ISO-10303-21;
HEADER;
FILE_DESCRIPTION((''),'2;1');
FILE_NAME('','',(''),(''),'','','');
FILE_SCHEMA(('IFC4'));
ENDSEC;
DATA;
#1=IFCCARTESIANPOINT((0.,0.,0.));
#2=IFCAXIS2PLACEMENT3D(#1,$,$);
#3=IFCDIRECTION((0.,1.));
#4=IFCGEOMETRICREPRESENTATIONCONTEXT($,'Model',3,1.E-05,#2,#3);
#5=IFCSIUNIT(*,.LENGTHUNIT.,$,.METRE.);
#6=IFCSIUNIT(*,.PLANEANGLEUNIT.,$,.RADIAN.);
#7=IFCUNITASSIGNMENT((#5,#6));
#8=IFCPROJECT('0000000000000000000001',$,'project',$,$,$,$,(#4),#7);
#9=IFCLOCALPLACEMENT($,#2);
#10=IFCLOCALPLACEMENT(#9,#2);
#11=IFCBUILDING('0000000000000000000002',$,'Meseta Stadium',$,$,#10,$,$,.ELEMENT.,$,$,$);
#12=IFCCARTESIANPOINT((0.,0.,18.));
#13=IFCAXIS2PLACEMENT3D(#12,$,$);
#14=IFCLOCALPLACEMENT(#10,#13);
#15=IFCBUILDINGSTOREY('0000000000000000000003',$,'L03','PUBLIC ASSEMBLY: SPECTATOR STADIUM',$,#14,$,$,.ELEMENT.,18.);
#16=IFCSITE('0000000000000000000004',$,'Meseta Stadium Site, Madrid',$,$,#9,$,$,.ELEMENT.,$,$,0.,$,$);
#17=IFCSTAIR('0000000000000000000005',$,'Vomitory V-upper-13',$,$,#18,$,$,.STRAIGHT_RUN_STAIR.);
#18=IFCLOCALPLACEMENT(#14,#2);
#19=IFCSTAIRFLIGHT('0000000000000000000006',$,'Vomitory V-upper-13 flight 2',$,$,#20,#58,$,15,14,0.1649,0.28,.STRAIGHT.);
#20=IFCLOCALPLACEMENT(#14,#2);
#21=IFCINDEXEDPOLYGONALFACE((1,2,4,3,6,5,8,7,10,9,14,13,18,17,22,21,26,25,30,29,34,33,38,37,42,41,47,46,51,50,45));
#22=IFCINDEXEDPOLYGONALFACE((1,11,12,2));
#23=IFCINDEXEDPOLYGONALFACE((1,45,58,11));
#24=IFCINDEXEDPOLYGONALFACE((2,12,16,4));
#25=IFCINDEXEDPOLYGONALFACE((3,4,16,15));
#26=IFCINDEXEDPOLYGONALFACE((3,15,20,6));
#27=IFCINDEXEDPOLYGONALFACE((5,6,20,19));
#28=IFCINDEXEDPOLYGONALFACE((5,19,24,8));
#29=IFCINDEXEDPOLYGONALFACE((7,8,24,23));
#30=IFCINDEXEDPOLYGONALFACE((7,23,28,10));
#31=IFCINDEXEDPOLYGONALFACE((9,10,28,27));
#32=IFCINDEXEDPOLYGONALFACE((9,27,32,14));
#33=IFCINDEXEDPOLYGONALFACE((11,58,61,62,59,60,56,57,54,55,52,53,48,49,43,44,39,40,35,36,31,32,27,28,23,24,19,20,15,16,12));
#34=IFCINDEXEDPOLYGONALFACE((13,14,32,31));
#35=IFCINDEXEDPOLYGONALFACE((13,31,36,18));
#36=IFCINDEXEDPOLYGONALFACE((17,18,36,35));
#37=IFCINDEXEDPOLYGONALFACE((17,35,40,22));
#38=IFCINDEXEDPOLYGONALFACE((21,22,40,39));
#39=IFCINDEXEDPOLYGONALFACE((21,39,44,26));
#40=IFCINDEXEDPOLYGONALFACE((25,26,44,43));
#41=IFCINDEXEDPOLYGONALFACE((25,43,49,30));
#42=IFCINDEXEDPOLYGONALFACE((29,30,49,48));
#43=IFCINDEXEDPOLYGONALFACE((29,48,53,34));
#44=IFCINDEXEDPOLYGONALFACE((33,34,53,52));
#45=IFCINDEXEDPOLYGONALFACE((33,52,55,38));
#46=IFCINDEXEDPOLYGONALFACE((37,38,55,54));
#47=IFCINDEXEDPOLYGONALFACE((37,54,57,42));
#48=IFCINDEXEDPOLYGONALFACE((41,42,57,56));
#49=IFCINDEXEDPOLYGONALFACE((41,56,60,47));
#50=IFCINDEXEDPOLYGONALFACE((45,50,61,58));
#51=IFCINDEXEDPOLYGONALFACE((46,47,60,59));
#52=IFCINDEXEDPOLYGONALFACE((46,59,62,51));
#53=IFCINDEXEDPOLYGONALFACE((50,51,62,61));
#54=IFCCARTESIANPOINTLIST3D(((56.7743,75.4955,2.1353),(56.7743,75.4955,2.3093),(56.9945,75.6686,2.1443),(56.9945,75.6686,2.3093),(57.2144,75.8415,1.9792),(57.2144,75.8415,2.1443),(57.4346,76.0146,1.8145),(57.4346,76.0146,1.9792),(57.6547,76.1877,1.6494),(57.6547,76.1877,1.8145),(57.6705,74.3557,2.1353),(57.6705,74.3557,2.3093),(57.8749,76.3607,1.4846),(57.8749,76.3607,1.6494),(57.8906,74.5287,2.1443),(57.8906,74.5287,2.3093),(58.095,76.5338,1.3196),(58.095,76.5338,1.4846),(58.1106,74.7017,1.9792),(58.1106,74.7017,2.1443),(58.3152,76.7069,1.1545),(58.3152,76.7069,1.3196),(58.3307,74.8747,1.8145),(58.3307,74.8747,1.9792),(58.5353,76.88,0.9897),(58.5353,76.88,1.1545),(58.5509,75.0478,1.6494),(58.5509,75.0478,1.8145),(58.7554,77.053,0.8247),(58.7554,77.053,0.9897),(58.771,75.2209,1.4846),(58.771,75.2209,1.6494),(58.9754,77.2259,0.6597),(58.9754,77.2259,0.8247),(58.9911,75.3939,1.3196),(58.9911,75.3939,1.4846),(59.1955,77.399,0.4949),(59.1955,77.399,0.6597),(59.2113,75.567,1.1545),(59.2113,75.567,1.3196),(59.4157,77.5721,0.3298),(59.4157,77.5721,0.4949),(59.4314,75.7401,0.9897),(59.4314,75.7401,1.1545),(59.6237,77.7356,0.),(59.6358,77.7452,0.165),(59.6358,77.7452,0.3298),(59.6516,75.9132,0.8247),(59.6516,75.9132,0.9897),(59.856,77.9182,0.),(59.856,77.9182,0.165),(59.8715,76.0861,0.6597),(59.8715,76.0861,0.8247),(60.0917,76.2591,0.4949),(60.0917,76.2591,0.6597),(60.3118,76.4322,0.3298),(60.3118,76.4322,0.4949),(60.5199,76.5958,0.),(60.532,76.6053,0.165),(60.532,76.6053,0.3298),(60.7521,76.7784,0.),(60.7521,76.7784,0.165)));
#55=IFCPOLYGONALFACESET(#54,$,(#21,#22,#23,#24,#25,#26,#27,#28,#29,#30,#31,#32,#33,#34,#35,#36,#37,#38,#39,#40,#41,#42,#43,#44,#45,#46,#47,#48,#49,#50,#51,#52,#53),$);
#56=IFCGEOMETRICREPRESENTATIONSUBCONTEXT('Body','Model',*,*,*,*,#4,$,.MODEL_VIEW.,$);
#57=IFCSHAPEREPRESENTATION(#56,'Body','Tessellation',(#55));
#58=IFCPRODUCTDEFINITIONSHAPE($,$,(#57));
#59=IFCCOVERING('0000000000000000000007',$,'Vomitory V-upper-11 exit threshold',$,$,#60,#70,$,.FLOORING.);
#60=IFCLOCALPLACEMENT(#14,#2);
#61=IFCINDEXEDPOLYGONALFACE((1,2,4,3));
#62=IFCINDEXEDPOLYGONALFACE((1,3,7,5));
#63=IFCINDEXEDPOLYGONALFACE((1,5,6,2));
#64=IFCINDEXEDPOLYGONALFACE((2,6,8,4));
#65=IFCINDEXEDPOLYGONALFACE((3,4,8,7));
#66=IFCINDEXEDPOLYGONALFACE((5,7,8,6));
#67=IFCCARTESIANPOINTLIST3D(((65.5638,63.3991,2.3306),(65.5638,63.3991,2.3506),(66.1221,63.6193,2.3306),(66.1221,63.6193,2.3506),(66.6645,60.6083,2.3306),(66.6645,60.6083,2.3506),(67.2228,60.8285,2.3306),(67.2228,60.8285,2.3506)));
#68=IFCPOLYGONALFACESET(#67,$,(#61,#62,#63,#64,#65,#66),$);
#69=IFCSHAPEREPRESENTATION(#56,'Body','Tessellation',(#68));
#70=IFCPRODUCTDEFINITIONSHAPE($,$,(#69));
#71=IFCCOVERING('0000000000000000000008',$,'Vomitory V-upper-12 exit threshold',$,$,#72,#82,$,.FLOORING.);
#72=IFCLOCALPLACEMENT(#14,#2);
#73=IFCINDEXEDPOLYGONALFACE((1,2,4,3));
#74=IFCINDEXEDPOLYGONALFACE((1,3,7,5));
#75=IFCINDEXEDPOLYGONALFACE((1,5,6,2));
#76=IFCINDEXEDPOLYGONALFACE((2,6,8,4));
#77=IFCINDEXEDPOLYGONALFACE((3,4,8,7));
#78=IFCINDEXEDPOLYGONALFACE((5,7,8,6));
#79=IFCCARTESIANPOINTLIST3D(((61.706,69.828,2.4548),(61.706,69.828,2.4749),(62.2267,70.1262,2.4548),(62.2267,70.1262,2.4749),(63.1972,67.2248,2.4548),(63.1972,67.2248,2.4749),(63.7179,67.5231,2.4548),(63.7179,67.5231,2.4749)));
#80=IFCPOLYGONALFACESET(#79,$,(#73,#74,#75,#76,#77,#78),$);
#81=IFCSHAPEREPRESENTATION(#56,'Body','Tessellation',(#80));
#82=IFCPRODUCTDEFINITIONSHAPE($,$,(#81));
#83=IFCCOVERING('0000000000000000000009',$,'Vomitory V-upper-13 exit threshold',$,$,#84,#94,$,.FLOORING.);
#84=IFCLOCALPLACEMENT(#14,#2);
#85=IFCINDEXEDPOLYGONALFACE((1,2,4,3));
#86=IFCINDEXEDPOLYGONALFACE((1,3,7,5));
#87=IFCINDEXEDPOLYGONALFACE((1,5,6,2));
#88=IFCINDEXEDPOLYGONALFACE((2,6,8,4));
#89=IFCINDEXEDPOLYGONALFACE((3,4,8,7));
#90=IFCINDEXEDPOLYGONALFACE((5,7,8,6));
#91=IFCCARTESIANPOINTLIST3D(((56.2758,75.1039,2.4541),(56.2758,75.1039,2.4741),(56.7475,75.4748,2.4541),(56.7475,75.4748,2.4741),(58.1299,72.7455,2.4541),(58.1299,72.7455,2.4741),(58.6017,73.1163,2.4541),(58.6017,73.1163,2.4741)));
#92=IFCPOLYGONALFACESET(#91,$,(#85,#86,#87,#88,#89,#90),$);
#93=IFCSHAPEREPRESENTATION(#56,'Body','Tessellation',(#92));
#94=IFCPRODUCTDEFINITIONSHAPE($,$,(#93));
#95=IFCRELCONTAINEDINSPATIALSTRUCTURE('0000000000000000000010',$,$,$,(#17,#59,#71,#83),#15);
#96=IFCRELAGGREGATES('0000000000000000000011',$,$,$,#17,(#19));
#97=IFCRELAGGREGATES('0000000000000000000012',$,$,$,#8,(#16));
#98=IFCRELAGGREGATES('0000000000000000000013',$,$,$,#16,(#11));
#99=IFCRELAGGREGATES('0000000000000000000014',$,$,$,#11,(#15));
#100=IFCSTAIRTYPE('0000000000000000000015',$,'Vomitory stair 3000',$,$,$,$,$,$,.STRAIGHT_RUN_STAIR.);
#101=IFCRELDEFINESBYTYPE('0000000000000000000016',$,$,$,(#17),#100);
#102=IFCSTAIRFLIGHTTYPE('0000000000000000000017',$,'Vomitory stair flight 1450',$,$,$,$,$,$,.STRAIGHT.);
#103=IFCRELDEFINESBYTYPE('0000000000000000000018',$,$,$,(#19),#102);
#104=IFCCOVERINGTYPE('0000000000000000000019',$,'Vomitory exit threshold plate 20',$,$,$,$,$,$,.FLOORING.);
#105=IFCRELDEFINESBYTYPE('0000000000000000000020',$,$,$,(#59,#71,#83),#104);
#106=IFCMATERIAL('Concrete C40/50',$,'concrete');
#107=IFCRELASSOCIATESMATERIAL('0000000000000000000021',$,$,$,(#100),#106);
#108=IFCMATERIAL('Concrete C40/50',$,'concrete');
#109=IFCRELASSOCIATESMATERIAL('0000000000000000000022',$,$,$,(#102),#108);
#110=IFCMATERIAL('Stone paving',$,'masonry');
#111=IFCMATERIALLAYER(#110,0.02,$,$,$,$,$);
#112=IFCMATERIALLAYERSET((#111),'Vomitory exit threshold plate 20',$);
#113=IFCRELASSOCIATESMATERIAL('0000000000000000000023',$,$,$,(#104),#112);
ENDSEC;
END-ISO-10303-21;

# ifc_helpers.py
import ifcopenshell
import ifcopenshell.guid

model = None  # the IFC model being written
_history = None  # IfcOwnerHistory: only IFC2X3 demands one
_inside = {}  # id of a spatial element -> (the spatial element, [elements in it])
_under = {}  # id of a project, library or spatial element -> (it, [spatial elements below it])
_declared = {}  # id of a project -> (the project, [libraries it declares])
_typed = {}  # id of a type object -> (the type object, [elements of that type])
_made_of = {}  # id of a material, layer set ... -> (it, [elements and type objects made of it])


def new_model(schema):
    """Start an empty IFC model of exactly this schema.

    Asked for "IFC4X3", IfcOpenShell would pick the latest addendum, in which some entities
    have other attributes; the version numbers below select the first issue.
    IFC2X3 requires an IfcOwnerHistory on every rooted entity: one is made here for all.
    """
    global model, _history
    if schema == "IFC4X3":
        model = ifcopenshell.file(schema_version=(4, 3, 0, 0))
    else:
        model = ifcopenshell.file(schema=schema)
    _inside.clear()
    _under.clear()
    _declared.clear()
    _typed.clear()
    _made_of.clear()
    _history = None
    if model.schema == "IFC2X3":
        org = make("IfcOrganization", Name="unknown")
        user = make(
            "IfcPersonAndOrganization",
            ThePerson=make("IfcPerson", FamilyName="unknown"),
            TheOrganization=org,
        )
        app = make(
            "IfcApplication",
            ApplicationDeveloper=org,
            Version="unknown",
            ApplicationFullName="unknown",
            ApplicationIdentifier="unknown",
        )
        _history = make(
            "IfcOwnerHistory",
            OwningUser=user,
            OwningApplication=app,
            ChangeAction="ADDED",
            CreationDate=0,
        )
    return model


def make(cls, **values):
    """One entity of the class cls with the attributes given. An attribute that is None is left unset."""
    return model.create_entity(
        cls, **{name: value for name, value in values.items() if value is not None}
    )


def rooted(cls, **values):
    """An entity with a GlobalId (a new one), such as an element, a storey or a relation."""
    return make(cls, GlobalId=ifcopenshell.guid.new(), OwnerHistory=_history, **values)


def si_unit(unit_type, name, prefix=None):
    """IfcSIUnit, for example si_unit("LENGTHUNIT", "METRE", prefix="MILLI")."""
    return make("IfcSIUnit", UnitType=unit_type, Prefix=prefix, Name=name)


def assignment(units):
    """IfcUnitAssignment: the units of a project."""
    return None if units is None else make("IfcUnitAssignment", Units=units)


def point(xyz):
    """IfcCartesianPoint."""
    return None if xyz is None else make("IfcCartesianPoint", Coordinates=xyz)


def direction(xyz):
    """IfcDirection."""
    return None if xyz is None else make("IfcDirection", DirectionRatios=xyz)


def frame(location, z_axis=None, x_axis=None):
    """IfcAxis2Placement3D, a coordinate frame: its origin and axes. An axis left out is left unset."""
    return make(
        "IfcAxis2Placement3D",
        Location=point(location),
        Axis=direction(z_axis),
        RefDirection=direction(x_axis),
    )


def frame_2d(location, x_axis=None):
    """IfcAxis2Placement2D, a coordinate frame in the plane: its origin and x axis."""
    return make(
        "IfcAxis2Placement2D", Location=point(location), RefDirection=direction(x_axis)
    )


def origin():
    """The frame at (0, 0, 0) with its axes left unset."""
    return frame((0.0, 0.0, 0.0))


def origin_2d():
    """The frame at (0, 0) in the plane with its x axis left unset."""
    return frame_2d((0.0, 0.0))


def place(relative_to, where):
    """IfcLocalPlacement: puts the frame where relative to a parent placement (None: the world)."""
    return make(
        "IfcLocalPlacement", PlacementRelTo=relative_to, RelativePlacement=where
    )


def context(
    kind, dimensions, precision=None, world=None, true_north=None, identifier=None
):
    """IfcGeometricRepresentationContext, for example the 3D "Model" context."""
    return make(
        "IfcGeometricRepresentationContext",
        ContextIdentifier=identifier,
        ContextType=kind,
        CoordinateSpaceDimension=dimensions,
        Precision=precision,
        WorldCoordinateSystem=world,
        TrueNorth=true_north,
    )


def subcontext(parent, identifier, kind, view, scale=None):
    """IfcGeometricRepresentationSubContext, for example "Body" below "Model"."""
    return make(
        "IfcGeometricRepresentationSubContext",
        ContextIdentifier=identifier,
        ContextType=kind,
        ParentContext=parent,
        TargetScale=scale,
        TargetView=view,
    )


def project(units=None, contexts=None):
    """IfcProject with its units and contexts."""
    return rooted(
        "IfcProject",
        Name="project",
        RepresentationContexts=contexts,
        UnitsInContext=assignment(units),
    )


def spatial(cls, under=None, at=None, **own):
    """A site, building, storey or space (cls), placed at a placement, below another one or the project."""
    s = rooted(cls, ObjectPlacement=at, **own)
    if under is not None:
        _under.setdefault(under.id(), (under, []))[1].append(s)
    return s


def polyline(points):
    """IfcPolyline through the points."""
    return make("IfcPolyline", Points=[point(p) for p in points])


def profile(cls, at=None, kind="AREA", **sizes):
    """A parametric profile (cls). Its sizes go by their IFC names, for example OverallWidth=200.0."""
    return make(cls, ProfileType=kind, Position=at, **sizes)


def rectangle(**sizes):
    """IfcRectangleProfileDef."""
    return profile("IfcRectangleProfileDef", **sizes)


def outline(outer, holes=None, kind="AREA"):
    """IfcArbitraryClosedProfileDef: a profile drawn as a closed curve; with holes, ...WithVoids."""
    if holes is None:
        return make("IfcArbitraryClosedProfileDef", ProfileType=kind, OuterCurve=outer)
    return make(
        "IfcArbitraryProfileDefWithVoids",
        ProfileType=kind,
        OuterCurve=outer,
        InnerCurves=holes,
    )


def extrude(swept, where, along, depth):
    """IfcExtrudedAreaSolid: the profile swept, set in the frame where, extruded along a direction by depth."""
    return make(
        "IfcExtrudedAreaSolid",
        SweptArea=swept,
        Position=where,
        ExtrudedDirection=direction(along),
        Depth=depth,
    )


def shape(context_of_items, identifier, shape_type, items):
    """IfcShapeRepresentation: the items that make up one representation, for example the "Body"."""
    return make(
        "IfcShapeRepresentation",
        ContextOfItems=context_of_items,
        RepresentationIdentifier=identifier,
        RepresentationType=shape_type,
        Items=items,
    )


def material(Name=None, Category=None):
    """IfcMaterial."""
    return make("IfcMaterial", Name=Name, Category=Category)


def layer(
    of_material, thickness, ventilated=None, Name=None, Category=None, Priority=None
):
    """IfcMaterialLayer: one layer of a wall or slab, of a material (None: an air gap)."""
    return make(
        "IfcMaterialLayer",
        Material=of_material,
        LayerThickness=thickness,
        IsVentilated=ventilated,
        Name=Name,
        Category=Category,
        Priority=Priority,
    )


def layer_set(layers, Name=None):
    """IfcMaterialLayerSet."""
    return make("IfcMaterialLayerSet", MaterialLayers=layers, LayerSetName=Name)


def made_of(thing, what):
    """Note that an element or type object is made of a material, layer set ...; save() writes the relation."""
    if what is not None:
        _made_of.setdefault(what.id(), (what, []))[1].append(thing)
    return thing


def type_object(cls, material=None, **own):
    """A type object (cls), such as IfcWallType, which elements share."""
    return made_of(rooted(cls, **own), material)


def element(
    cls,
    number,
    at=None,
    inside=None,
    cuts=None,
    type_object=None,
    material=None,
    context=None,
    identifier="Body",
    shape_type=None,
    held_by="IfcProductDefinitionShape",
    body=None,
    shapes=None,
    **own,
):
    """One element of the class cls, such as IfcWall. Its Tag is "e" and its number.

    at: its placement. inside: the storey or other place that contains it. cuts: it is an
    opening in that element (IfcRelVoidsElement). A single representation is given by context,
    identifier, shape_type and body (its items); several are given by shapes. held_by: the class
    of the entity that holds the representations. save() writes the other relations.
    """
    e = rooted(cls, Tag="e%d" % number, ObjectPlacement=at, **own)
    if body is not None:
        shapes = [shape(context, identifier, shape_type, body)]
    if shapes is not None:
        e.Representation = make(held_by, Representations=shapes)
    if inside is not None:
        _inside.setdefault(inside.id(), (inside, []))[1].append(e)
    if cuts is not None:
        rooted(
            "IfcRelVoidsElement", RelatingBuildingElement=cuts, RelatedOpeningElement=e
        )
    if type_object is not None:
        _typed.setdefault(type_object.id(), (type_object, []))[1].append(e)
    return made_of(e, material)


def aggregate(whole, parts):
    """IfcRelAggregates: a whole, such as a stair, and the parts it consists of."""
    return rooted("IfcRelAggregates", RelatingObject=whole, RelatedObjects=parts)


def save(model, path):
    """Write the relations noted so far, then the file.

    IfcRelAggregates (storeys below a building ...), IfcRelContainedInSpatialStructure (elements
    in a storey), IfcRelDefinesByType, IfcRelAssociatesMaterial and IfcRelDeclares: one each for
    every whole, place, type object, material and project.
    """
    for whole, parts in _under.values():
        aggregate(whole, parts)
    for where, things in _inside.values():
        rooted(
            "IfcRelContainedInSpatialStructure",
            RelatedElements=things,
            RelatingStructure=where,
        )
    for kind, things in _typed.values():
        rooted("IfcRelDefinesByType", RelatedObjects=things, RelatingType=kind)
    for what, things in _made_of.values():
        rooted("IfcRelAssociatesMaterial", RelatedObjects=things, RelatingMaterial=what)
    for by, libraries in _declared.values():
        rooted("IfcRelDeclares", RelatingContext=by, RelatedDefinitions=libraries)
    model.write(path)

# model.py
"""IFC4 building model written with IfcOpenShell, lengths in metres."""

from ifc_helpers import new_model, si_unit, direction, frame, origin, origin_2d, place, context, subcontext, project, spatial, polyline, rectangle, outline, extrude, material, layer, layer_set, type_object, element, aggregate, save


model = new_model("IFC4")

# Units and contexts
model_context = context("Model", 3, precision=1e-05, world=origin(), true_north=direction((0.0, 1.0)))
body_context = subcontext(model_context, "Body", "Model", "MODEL_VIEW")
ifc_project = project(units=[si_unit("LENGTHUNIT", "METRE"), si_unit("PLANEANGLEUNIT", "RADIAN")], contexts=[model_context])

# Site, building, storey
site_placement = place(None, origin())
site = spatial("IfcSite", under=ifc_project, at=site_placement, Name="Meseta Stadium Site, Madrid", CompositionType="ELEMENT", RefElevation=0.0)
building_placement = place(site_placement, origin())
building = spatial("IfcBuilding", under=site, at=building_placement, Name="Meseta Stadium", CompositionType="ELEMENT")
storey_placement = place(building_placement, frame((0.0, 0.0, 18.0)))
storey = spatial("IfcBuildingStorey", under=building, at=storey_placement, Name="L03", Description="PUBLIC ASSEMBLY: SPECTATOR STADIUM", CompositionType="ELEMENT", Elevation=18.0)

# Shared definitions
ifc_material_1 = material(Name="Concrete C40/50", Category="concrete")
stair_type = type_object("IfcStairType", Name="Vomitory stair 3000", PredefinedType="STRAIGHT_RUN_STAIR", material=ifc_material_1)
ifc_material_2 = material(Name="Concrete C40/50", Category="concrete")
stair_flight_type = type_object("IfcStairFlightType", Name="Vomitory stair flight 1450", PredefinedType="STRAIGHT", material=ifc_material_2)

# Stair, stair flight
stair_1_placement = place(storey_placement, origin())
stair_1 = element("IfcStair", 1, at=stair_1_placement, inside=storey, type_object=stair_type, Name="Vomitory V-upper-13", PredefinedType="STRAIGHT_RUN_STAIR")
stair_flight_1_placement = place(storey_placement, frame((60.304, 77.3484, 0.0), z_axis=(0.0, 0.0, 1.0), x_axis=(-0.786142, -0.618046, 0.0)))
stair_flight_1 = element("IfcStairFlight", 2, at=stair_flight_1_placement, type_object=stair_flight_type, Name="Vomitory V-upper-13 flight 2", NumberOfRisers=15, NumberOfTreads=14, PredefinedType="STRAIGHT", RiserHeight=0.1649, TreadLength=0.28, context=body_context, shape_type="SweptSolid", body=[
    extrude(outline(polyline([(0.0, 0.0), (0.0, 0.165), (0.28, 0.165), (0.28, 0.3298), (0.5601, 0.3298), (0.5601, 0.4949), (0.8401, 0.4949), (0.8401, 0.6597), (1.1201, 0.6597), (1.1201, 0.8247), (1.3999, 0.8247), (1.3999, 0.9897), (1.6799, 0.9897), (1.6799, 1.1545), (1.96, 1.1545), (1.96, 1.3196), (2.24, 1.3196), (2.24, 1.4846), (2.52, 1.4846), (2.52, 1.6494), (2.8, 1.6494), (2.8, 1.8145), (3.0801, 1.8145), (3.0801, 1.9792), (3.3601, 1.9792), (3.3601, 2.1443), (3.6399, 2.1443), (3.6399, 2.3093), (3.9199, 2.3093), (3.9199, 2.1353), (0.2954, 0.0), (0.0, 0.0)])), frame((0.0, 0.7251, 0.0), z_axis=(0.0, -1.0, 0.0), x_axis=(1.0, 0.0, 0.0)), (0.0, 0.0, 1.0), 1.45),
])
aggregate(stair_1, [stair_flight_1])

# Coverings
ifc_material_3 = material(Name="Stone paving", Category="masonry")
ifc_layer_1 = layer(ifc_material_3, 0.02)
ifc_layer_set_1 = layer_set([ifc_layer_1], Name="Vomitory exit threshold plate 20")
covering_type = type_object("IfcCoveringType", Name="Vomitory exit threshold plate 20", PredefinedType="FLOORING", material=ifc_layer_set_1)
for number, where, z_axis, x_axis, name in (
    (3, (66.3933, 62.1138, 2.3306), (0.0, 0.0, 1.0), (-0.930263, -0.366893, 0.0), "Vomitory V-upper-11 exit threshold"),
    (4, (62.7119, 68.6755, 2.4548), (0.0, 0.0, 1.0), (-0.867712, -0.497068, 0.0), "Vomitory V-upper-12 exit threshold"),
    (5, (57.4387, 74.1101, 2.4541), (0.0, 0.0, 1.0), (-0.786142, -0.618046, 0.0), "Vomitory V-upper-13 exit threshold"),
):
    element("IfcCovering", number, at=place(storey_placement, frame(where, z_axis=z_axis, x_axis=x_axis)), inside=storey, type_object=covering_type, Name=name, PredefinedType="FLOORING", context=body_context, shape_type="SweptSolid", body=[
        extrude(rectangle(XDim=0.6001, YDim=3.0, at=origin_2d()), origin(), (0.0, 0.0, 1.0), 0.02),
    ])

save(model, "model.ifc")
